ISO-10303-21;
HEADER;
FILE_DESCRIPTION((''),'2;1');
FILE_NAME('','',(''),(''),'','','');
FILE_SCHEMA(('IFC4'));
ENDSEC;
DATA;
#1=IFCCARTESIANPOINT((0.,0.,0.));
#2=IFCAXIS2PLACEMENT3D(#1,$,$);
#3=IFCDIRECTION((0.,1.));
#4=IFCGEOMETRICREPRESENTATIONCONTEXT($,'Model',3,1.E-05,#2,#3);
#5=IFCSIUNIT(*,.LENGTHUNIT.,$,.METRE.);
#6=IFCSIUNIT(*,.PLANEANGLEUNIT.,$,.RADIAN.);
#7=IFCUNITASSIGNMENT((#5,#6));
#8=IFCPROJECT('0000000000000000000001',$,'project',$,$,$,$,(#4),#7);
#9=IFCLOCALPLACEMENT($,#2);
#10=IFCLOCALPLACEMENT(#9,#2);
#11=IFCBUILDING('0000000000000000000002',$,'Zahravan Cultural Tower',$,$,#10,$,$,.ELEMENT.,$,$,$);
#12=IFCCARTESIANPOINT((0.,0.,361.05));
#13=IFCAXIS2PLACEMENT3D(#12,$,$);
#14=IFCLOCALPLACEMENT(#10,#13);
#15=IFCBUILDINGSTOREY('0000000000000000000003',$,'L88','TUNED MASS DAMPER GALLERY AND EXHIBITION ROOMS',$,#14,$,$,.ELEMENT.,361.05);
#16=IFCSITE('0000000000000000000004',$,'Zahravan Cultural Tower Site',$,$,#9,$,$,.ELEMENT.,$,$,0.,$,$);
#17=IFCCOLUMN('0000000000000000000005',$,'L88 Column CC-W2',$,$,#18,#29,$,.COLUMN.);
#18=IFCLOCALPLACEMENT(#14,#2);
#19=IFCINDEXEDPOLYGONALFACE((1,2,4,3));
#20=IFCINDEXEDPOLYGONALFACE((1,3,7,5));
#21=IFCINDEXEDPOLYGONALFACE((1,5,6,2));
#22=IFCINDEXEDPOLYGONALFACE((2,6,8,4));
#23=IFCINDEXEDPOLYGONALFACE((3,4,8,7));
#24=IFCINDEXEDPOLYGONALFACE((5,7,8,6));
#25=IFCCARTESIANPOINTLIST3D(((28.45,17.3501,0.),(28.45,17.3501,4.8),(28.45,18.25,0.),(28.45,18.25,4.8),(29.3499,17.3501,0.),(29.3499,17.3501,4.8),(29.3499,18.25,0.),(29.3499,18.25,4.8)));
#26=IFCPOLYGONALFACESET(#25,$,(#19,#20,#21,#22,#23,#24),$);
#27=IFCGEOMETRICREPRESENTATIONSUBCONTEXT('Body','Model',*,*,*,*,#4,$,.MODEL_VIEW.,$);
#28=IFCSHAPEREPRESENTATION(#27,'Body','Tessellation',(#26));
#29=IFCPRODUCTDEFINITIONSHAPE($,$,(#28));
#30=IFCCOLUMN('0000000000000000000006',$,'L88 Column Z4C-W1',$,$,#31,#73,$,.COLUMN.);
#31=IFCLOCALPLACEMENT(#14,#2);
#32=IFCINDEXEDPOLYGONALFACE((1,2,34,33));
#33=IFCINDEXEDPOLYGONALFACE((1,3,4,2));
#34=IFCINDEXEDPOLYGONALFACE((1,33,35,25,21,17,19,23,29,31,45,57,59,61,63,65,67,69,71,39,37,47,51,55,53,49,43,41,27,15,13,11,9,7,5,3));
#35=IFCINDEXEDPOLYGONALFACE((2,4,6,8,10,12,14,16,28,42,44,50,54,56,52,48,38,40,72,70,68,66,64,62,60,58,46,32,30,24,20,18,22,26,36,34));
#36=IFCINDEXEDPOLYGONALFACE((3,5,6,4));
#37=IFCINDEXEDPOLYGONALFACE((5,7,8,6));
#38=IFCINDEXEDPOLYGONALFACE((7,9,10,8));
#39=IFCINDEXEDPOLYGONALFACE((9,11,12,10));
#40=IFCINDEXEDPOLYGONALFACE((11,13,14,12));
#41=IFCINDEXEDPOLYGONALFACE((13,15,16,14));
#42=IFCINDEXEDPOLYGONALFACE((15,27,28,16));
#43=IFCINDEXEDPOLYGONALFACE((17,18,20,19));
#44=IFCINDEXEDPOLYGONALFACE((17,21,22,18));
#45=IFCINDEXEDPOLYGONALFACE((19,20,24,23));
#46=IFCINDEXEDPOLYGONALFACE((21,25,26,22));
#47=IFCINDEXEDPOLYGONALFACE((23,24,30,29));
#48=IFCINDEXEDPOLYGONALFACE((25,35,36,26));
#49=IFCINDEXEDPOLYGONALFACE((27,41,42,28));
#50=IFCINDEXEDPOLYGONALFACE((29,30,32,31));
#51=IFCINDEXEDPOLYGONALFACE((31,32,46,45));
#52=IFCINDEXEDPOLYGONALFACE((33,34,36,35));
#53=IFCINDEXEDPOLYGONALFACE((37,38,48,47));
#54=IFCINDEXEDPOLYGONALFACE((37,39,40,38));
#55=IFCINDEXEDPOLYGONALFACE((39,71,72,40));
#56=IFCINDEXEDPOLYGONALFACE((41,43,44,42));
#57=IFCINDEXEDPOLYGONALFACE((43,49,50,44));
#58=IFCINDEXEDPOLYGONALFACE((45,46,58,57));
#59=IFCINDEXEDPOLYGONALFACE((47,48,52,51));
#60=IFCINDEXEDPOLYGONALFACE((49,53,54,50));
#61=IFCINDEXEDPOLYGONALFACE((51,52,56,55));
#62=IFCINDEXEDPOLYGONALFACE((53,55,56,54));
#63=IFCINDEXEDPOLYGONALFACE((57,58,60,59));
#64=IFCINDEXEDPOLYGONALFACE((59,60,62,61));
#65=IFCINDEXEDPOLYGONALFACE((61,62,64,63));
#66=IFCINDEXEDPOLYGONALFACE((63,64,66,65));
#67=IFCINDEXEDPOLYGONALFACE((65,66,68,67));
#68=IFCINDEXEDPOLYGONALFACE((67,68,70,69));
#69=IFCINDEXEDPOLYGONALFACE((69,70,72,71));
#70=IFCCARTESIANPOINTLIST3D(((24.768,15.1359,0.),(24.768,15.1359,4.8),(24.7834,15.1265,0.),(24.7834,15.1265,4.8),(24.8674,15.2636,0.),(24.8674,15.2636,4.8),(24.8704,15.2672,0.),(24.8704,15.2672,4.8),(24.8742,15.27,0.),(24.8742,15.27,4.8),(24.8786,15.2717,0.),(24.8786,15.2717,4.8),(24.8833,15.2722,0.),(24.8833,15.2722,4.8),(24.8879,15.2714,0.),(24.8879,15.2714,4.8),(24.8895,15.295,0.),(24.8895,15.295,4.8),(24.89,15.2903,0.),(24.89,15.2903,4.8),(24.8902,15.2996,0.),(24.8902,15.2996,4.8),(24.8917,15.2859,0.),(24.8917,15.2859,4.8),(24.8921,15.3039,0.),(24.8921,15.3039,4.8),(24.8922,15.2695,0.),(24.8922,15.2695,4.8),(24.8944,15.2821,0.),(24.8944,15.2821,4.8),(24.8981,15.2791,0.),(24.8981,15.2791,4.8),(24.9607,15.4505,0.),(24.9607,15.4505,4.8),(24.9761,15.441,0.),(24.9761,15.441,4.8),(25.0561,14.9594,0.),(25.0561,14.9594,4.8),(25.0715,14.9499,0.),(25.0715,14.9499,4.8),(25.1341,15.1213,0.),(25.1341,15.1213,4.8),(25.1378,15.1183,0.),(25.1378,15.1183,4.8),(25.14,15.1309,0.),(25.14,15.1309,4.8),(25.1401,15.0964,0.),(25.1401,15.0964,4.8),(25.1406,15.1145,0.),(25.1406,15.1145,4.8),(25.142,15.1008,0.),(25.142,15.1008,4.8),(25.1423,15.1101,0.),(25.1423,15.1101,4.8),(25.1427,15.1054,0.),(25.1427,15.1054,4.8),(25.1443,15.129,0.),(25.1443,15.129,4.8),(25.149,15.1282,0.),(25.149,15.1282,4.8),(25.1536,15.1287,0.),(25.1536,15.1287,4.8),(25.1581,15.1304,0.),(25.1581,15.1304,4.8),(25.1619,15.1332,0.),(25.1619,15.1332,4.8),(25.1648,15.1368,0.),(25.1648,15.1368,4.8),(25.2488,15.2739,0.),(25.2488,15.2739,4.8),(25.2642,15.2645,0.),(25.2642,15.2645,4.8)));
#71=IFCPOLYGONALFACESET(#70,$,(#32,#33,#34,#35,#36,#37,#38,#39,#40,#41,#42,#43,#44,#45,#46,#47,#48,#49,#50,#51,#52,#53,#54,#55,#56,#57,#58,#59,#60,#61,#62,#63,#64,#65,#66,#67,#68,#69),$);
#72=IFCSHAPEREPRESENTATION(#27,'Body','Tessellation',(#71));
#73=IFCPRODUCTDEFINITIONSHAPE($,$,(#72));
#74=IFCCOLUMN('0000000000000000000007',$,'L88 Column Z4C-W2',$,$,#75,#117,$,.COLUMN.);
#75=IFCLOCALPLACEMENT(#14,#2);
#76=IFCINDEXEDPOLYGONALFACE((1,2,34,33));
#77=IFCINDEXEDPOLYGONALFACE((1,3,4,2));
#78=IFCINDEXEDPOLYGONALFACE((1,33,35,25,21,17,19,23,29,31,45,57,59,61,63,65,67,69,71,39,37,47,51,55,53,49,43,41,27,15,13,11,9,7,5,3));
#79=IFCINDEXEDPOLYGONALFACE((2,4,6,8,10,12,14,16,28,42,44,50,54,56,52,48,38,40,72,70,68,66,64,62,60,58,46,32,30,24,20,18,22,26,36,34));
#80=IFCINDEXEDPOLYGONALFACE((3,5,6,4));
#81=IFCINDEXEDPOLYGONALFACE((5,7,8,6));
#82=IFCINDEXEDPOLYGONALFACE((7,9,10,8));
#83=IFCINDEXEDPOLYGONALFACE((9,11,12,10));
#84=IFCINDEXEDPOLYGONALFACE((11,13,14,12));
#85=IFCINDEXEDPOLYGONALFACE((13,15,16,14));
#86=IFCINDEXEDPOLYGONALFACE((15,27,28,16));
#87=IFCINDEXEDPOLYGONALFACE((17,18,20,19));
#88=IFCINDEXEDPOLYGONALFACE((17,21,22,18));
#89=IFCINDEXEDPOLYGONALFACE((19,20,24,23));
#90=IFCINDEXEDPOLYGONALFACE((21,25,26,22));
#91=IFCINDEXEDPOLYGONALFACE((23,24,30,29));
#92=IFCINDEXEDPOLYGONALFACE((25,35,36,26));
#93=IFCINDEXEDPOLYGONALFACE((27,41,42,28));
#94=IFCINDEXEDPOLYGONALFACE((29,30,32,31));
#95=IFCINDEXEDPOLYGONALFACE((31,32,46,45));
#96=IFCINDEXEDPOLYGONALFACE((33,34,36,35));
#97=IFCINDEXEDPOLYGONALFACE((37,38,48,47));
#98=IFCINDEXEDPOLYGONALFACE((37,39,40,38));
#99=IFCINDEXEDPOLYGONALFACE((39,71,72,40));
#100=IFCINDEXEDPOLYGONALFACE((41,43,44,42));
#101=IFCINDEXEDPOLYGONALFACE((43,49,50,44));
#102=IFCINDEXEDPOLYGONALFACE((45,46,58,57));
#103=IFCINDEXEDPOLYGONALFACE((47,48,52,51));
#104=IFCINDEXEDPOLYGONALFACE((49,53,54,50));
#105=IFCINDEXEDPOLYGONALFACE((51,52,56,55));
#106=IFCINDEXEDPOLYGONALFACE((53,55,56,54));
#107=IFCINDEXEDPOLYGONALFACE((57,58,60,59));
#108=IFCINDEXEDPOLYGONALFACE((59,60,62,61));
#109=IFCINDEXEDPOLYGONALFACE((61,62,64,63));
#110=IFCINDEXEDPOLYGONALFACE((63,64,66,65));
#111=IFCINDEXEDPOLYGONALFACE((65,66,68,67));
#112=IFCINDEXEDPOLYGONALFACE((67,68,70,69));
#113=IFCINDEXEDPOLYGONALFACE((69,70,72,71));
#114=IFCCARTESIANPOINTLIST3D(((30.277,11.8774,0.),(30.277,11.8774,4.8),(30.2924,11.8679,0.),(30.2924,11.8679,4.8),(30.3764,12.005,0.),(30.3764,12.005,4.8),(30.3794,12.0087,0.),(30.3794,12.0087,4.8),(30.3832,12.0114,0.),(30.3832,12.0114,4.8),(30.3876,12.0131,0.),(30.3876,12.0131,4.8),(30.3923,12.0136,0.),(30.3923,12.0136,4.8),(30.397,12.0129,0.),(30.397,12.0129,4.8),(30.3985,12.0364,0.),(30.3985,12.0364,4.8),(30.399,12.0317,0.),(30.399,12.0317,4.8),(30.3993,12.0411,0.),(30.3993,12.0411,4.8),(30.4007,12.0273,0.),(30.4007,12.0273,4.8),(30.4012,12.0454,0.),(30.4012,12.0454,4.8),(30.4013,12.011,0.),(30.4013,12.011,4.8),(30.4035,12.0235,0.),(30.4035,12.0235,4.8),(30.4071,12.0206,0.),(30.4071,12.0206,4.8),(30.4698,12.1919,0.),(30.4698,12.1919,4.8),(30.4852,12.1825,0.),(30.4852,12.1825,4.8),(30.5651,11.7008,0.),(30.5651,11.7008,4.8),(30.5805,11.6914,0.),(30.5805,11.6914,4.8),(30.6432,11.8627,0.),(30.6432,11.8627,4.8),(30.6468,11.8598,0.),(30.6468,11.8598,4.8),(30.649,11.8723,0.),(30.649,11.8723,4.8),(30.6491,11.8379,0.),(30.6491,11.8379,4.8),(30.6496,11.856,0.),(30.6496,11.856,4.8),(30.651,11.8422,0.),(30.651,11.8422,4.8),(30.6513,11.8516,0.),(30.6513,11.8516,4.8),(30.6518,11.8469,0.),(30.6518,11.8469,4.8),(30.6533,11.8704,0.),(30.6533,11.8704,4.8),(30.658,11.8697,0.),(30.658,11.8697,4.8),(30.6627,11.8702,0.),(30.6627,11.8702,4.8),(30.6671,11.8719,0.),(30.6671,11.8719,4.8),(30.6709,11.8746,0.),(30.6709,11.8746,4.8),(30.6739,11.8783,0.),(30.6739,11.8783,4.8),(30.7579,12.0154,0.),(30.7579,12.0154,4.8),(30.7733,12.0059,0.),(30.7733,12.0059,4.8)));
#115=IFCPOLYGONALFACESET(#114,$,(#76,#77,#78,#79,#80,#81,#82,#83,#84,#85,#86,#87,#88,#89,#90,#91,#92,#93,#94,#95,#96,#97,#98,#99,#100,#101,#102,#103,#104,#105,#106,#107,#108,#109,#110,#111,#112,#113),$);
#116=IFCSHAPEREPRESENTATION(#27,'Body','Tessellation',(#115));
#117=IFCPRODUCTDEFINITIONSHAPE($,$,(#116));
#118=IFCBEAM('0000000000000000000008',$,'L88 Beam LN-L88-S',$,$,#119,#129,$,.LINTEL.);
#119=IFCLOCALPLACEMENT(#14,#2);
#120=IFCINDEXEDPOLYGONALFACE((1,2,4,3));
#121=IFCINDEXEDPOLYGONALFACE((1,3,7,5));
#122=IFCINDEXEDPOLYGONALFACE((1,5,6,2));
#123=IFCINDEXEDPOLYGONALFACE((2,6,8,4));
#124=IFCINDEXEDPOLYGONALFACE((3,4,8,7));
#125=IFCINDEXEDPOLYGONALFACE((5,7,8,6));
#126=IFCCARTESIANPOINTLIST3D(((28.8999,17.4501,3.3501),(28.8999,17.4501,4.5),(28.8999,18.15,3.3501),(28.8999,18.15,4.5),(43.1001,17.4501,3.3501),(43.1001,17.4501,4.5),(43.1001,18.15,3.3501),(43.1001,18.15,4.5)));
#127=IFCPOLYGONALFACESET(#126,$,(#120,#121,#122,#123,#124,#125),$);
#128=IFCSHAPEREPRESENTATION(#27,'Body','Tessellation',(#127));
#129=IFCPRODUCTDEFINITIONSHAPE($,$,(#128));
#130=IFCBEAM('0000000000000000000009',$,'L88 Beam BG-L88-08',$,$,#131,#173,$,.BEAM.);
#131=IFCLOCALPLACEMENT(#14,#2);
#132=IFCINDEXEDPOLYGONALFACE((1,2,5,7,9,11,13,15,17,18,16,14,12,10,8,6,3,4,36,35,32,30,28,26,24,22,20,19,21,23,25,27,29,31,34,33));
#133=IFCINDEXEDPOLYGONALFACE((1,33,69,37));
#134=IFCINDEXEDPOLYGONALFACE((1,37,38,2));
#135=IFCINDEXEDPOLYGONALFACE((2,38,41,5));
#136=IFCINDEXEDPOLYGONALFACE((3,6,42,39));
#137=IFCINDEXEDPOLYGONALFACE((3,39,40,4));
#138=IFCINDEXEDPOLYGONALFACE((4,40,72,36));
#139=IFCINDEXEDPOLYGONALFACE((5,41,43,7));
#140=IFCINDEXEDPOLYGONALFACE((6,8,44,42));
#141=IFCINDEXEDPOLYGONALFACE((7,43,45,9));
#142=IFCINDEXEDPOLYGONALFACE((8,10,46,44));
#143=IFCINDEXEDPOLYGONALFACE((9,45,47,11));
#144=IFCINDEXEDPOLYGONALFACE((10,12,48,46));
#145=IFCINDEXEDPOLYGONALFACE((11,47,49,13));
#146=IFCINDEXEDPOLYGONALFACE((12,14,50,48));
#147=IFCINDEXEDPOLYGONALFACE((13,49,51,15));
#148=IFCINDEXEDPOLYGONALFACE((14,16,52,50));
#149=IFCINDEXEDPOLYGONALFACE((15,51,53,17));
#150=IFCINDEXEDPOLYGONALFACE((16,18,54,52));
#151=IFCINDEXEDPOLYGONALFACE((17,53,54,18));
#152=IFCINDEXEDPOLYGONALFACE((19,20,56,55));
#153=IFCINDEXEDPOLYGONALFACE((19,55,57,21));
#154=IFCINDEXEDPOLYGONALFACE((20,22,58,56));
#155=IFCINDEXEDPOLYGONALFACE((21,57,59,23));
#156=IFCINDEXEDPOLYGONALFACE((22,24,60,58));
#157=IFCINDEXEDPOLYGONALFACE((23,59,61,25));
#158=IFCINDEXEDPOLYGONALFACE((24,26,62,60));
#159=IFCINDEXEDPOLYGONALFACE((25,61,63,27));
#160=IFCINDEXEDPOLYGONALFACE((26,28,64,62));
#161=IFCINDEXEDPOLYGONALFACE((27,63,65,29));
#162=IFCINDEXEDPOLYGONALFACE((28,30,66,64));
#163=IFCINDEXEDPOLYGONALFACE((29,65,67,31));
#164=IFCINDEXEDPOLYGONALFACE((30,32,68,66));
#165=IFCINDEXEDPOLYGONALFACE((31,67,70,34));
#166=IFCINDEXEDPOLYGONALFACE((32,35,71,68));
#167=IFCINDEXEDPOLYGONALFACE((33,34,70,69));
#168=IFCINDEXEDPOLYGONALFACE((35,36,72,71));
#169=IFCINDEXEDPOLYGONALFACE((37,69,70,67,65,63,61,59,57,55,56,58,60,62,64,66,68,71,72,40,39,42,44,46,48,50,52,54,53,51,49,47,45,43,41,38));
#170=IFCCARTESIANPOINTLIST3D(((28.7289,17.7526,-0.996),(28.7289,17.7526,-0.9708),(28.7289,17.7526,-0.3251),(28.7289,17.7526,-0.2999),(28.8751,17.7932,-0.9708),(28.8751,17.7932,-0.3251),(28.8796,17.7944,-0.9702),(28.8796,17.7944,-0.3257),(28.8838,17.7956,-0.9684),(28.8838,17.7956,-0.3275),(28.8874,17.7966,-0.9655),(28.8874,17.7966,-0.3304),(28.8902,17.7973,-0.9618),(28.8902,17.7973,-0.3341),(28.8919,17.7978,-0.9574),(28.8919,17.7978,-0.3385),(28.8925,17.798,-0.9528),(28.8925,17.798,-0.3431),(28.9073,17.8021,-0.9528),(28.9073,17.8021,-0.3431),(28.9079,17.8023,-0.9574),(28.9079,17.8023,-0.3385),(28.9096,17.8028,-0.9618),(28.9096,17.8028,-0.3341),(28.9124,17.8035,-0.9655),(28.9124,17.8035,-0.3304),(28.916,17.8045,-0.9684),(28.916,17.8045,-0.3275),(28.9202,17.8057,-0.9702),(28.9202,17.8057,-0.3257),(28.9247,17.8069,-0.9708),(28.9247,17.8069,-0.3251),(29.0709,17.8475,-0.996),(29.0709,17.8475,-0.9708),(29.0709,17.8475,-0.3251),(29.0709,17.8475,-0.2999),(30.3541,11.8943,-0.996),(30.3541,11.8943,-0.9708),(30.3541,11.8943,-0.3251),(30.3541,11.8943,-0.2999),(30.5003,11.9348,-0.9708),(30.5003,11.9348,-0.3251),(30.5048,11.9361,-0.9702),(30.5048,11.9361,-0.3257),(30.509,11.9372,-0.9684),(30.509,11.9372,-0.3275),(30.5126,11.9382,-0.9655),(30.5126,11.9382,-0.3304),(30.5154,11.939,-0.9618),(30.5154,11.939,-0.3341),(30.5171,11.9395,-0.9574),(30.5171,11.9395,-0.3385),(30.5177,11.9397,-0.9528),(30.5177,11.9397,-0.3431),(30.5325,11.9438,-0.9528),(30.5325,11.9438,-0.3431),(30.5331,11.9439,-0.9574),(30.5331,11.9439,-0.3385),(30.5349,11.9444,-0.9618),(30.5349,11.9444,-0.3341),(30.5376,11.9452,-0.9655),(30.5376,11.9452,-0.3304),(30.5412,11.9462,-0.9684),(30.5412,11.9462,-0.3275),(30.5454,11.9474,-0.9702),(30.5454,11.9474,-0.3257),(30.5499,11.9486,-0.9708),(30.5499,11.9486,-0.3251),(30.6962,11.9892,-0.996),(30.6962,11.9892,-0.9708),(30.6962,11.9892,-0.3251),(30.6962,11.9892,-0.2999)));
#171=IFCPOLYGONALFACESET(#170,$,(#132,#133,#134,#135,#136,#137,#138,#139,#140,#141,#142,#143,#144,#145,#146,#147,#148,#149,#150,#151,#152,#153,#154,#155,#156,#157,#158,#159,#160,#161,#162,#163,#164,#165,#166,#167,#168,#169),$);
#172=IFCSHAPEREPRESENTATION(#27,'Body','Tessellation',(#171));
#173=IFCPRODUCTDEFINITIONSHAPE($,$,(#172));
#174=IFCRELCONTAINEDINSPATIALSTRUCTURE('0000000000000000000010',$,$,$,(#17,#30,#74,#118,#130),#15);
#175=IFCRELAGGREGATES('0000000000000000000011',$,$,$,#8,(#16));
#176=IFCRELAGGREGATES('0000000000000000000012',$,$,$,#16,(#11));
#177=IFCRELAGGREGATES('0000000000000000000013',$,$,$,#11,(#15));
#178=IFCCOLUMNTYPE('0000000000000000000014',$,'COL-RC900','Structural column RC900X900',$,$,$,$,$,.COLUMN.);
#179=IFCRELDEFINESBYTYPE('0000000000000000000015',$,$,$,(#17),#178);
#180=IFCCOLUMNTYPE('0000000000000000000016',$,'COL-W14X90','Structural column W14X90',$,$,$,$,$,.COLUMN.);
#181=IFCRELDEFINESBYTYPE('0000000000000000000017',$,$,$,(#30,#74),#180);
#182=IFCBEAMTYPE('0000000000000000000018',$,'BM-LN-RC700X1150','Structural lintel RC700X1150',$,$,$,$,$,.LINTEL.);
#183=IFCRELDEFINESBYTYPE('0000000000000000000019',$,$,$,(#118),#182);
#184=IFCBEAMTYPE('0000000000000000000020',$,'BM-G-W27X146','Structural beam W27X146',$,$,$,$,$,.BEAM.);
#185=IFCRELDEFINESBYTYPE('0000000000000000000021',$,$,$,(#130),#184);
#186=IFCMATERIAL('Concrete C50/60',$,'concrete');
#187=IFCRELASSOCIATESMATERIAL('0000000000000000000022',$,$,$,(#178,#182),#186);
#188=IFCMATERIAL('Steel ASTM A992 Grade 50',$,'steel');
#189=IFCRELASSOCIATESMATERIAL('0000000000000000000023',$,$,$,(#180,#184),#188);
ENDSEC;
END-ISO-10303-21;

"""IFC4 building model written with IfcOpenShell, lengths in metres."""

from ifc_helpers import new_model, si_unit, direction, frame, origin, origin_2d, place, context, subcontext, project, spatial, rectangle, i_section, extrude, source, transform, mapped, material, material_profile, profile_set, type_object, element, save


model = new_model("IFC4")

# Units and contexts
model_context = context("Model", 3, precision=1e-05, world=origin(), true_north=direction((0.0, 1.0)))
body_context = subcontext(model_context, "Body", "Model", "MODEL_VIEW")
ifc_project = project(units=[si_unit("LENGTHUNIT", "METRE"), si_unit("PLANEANGLEUNIT", "RADIAN")], contexts=[model_context])

# Site, building, storey
site_placement = place(None, origin())
site = spatial("IfcSite", under=ifc_project, at=site_placement, Name="Zahravan Cultural Tower Site", CompositionType="ELEMENT", RefElevation=0.0)
building_placement = place(site_placement, origin())
building = spatial("IfcBuilding", under=site, at=building_placement, Name="Zahravan Cultural Tower", CompositionType="ELEMENT")
storey_placement = place(building_placement, frame((0.0, 0.0, 361.05)))
storey = spatial("IfcBuildingStorey", under=building, at=storey_placement, Name="L88", Description="TUNED MASS DAMPER GALLERY AND EXHIBITION ROOMS", CompositionType="ELEMENT", Elevation=361.05)

# Columns
ifc_material_1 = material(Name="Concrete C50/60", Category="concrete")
ifc_material_profile_1 = material_profile(ifc_material_1, rectangle(XDim=0.8999, YDim=0.8999, at=origin_2d()), Name="RC900X900")
ifc_profile_set_1 = profile_set([ifc_material_profile_1], Name="Concrete C50/60")
column_type_1 = type_object("IfcColumnType", Name="COL-RC900", Description="Structural column RC900X900", PredefinedType="COLUMN", material=ifc_profile_set_1)
shared_shape_1 = source(origin(), body_context, "Body", "SweptSolid", [
    extrude(rectangle(XDim=0.8999, YDim=0.8999, at=origin_2d()), origin(), (0.0, 0.0, 1.0), 4.8),
])
column_placement = place(storey_placement, frame((28.8999, 17.8, 0.0), z_axis=(0.0, 0.0, 1.0), x_axis=(1.0, 0.0, 0.0)))
element("IfcColumn", 1, at=column_placement, inside=storey, type_object=column_type_1, Name="L88 Column CC-W2", PredefinedType="COLUMN", context=body_context, shape_type="MappedRepresentation", body=[
    mapped(shared_shape_1, transform((0.0, 0.0, 0.0), x_axis=(1.0, 0.0, 0.0), y_axis=(0.0, 1.0, 0.0), z_axis=(0.0, 0.0, 1.0), scale=1.0)),
])
ifc_material_2 = material(Name="Steel ASTM A992 Grade 50", Category="steel")
ifc_material_profile_2 = material_profile(ifc_material_2, i_section(OverallWidth=0.3689, OverallDepth=0.356, WebThickness=0.0112, FlangeThickness=0.0181, FilletRadius=0.0181, at=origin_2d()), Name="W14X90")
ifc_profile_set_2 = profile_set([ifc_material_profile_2], Name="Steel ASTM A992 Grade 50")
column_type_2 = type_object("IfcColumnType", Name="COL-W14X90", Description="Structural column W14X90", PredefinedType="COLUMN", material=ifc_profile_set_2)
shared_shape_2 = source(origin(), body_context, "Body", "SweptSolid", [
    extrude(i_section(OverallWidth=0.3689, OverallDepth=0.356, WebThickness=0.0112, FlangeThickness=0.0181, FilletRadius=0.0181, at=origin_2d()), origin(), (0.0, 0.0, 1.0), 4.8),
])
for number, where, z_axis, x_axis, name in (
    (2, (25.0161, 15.2002, 0.0), (0.0, 0.0, 1.0), (0.522499, 0.85264, 0.0), "L88 Column Z4C-W1"),
    (3, (30.5251, 11.9417, 0.0), (0.0, 0.0, 1.0), (0.522499, 0.85264, 0.0), "L88 Column Z4C-W2"),
):
    element("IfcColumn", number, at=place(storey_placement, frame(where, z_axis=z_axis, x_axis=x_axis)), inside=storey, type_object=column_type_2, Name=name, PredefinedType="COLUMN", context=body_context, shape_type="MappedRepresentation", body=[
        mapped(shared_shape_2, transform((0.0, 0.0, 0.0), x_axis=(1.0, 0.0, 0.0), y_axis=(0.0, 1.0, 0.0), z_axis=(0.0, 0.0, 1.0), scale=1.0)),
    ])

# Beams
ifc_material_profile_3 = material_profile(ifc_material_1, rectangle(XDim=0.7, YDim=1.1499, at=origin_2d()), Name="RC700X1150")
ifc_profile_set_3 = profile_set([ifc_material_profile_3], Name="Concrete C50/60")
beam_type_1 = type_object("IfcBeamType", Name="BM-LN-RC700X1150", Description="Structural lintel RC700X1150", PredefinedType="LINTEL", material=ifc_profile_set_3)
shared_shape_3 = source(origin(), body_context, "Body", "SweptSolid", [
    extrude(rectangle(XDim=0.7, YDim=1.1499, at=origin_2d()), origin(), (0.0, 0.0, 1.0), 14.2002),
])
beam_1_placement = place(storey_placement, frame((28.8999, 17.8, 3.925), z_axis=(1.0, 0.0, 0.0), x_axis=(0.0, 1.0, 0.0)))
element("IfcBeam", 4, at=beam_1_placement, inside=storey, type_object=beam_type_1, Name="L88 Beam LN-L88-S", PredefinedType="LINTEL", context=body_context, shape_type="MappedRepresentation", body=[
    mapped(shared_shape_3, transform((0.0, 0.0, 0.0), x_axis=(1.0, 0.0, 0.0), y_axis=(0.0, 1.0, 0.0), z_axis=(0.0, 0.0, 1.0), scale=1.0)),
])
ifc_material_profile_4 = material_profile(ifc_material_2, i_section(OverallWidth=0.355, OverallDepth=0.696, WebThickness=0.0154, FlangeThickness=0.0251, FilletRadius=0.0181, at=origin_2d()), Name="W27X146")
ifc_profile_set_4 = profile_set([ifc_material_profile_4], Name="Steel ASTM A992 Grade 50")
beam_type_2 = type_object("IfcBeamType", Name="BM-G-W27X146", Description="Structural beam W27X146", PredefinedType="BEAM", material=ifc_profile_set_4)
shared_shape_4 = source(origin(), body_context, "Body", "SweptSolid", [
    extrude(i_section(OverallWidth=0.355, OverallDepth=0.696, WebThickness=0.0154, FlangeThickness=0.0251, FilletRadius=0.0181, at=origin_2d()), origin(), (0.0, 0.0, 1.0), 6.0796),
])
beam_2_placement = place(storey_placement, frame((28.8999, 17.8, -0.6479), z_axis=(0.267325, -0.963606, 0.0), x_axis=(0.963606, 0.267325, 0.0)))
element("IfcBeam", 5, at=beam_2_placement, inside=storey, type_object=beam_type_2, Name="L88 Beam BG-L88-08", PredefinedType="BEAM", context=body_context, shape_type="MappedRepresentation", body=[
    mapped(shared_shape_4, transform((0.0, 0.0, 0.0), x_axis=(1.0, 0.0, 0.0), y_axis=(0.0, 1.0, 0.0), z_axis=(0.0, 0.0, 1.0), scale=1.0)),
])

save(model, "model.ifc")
